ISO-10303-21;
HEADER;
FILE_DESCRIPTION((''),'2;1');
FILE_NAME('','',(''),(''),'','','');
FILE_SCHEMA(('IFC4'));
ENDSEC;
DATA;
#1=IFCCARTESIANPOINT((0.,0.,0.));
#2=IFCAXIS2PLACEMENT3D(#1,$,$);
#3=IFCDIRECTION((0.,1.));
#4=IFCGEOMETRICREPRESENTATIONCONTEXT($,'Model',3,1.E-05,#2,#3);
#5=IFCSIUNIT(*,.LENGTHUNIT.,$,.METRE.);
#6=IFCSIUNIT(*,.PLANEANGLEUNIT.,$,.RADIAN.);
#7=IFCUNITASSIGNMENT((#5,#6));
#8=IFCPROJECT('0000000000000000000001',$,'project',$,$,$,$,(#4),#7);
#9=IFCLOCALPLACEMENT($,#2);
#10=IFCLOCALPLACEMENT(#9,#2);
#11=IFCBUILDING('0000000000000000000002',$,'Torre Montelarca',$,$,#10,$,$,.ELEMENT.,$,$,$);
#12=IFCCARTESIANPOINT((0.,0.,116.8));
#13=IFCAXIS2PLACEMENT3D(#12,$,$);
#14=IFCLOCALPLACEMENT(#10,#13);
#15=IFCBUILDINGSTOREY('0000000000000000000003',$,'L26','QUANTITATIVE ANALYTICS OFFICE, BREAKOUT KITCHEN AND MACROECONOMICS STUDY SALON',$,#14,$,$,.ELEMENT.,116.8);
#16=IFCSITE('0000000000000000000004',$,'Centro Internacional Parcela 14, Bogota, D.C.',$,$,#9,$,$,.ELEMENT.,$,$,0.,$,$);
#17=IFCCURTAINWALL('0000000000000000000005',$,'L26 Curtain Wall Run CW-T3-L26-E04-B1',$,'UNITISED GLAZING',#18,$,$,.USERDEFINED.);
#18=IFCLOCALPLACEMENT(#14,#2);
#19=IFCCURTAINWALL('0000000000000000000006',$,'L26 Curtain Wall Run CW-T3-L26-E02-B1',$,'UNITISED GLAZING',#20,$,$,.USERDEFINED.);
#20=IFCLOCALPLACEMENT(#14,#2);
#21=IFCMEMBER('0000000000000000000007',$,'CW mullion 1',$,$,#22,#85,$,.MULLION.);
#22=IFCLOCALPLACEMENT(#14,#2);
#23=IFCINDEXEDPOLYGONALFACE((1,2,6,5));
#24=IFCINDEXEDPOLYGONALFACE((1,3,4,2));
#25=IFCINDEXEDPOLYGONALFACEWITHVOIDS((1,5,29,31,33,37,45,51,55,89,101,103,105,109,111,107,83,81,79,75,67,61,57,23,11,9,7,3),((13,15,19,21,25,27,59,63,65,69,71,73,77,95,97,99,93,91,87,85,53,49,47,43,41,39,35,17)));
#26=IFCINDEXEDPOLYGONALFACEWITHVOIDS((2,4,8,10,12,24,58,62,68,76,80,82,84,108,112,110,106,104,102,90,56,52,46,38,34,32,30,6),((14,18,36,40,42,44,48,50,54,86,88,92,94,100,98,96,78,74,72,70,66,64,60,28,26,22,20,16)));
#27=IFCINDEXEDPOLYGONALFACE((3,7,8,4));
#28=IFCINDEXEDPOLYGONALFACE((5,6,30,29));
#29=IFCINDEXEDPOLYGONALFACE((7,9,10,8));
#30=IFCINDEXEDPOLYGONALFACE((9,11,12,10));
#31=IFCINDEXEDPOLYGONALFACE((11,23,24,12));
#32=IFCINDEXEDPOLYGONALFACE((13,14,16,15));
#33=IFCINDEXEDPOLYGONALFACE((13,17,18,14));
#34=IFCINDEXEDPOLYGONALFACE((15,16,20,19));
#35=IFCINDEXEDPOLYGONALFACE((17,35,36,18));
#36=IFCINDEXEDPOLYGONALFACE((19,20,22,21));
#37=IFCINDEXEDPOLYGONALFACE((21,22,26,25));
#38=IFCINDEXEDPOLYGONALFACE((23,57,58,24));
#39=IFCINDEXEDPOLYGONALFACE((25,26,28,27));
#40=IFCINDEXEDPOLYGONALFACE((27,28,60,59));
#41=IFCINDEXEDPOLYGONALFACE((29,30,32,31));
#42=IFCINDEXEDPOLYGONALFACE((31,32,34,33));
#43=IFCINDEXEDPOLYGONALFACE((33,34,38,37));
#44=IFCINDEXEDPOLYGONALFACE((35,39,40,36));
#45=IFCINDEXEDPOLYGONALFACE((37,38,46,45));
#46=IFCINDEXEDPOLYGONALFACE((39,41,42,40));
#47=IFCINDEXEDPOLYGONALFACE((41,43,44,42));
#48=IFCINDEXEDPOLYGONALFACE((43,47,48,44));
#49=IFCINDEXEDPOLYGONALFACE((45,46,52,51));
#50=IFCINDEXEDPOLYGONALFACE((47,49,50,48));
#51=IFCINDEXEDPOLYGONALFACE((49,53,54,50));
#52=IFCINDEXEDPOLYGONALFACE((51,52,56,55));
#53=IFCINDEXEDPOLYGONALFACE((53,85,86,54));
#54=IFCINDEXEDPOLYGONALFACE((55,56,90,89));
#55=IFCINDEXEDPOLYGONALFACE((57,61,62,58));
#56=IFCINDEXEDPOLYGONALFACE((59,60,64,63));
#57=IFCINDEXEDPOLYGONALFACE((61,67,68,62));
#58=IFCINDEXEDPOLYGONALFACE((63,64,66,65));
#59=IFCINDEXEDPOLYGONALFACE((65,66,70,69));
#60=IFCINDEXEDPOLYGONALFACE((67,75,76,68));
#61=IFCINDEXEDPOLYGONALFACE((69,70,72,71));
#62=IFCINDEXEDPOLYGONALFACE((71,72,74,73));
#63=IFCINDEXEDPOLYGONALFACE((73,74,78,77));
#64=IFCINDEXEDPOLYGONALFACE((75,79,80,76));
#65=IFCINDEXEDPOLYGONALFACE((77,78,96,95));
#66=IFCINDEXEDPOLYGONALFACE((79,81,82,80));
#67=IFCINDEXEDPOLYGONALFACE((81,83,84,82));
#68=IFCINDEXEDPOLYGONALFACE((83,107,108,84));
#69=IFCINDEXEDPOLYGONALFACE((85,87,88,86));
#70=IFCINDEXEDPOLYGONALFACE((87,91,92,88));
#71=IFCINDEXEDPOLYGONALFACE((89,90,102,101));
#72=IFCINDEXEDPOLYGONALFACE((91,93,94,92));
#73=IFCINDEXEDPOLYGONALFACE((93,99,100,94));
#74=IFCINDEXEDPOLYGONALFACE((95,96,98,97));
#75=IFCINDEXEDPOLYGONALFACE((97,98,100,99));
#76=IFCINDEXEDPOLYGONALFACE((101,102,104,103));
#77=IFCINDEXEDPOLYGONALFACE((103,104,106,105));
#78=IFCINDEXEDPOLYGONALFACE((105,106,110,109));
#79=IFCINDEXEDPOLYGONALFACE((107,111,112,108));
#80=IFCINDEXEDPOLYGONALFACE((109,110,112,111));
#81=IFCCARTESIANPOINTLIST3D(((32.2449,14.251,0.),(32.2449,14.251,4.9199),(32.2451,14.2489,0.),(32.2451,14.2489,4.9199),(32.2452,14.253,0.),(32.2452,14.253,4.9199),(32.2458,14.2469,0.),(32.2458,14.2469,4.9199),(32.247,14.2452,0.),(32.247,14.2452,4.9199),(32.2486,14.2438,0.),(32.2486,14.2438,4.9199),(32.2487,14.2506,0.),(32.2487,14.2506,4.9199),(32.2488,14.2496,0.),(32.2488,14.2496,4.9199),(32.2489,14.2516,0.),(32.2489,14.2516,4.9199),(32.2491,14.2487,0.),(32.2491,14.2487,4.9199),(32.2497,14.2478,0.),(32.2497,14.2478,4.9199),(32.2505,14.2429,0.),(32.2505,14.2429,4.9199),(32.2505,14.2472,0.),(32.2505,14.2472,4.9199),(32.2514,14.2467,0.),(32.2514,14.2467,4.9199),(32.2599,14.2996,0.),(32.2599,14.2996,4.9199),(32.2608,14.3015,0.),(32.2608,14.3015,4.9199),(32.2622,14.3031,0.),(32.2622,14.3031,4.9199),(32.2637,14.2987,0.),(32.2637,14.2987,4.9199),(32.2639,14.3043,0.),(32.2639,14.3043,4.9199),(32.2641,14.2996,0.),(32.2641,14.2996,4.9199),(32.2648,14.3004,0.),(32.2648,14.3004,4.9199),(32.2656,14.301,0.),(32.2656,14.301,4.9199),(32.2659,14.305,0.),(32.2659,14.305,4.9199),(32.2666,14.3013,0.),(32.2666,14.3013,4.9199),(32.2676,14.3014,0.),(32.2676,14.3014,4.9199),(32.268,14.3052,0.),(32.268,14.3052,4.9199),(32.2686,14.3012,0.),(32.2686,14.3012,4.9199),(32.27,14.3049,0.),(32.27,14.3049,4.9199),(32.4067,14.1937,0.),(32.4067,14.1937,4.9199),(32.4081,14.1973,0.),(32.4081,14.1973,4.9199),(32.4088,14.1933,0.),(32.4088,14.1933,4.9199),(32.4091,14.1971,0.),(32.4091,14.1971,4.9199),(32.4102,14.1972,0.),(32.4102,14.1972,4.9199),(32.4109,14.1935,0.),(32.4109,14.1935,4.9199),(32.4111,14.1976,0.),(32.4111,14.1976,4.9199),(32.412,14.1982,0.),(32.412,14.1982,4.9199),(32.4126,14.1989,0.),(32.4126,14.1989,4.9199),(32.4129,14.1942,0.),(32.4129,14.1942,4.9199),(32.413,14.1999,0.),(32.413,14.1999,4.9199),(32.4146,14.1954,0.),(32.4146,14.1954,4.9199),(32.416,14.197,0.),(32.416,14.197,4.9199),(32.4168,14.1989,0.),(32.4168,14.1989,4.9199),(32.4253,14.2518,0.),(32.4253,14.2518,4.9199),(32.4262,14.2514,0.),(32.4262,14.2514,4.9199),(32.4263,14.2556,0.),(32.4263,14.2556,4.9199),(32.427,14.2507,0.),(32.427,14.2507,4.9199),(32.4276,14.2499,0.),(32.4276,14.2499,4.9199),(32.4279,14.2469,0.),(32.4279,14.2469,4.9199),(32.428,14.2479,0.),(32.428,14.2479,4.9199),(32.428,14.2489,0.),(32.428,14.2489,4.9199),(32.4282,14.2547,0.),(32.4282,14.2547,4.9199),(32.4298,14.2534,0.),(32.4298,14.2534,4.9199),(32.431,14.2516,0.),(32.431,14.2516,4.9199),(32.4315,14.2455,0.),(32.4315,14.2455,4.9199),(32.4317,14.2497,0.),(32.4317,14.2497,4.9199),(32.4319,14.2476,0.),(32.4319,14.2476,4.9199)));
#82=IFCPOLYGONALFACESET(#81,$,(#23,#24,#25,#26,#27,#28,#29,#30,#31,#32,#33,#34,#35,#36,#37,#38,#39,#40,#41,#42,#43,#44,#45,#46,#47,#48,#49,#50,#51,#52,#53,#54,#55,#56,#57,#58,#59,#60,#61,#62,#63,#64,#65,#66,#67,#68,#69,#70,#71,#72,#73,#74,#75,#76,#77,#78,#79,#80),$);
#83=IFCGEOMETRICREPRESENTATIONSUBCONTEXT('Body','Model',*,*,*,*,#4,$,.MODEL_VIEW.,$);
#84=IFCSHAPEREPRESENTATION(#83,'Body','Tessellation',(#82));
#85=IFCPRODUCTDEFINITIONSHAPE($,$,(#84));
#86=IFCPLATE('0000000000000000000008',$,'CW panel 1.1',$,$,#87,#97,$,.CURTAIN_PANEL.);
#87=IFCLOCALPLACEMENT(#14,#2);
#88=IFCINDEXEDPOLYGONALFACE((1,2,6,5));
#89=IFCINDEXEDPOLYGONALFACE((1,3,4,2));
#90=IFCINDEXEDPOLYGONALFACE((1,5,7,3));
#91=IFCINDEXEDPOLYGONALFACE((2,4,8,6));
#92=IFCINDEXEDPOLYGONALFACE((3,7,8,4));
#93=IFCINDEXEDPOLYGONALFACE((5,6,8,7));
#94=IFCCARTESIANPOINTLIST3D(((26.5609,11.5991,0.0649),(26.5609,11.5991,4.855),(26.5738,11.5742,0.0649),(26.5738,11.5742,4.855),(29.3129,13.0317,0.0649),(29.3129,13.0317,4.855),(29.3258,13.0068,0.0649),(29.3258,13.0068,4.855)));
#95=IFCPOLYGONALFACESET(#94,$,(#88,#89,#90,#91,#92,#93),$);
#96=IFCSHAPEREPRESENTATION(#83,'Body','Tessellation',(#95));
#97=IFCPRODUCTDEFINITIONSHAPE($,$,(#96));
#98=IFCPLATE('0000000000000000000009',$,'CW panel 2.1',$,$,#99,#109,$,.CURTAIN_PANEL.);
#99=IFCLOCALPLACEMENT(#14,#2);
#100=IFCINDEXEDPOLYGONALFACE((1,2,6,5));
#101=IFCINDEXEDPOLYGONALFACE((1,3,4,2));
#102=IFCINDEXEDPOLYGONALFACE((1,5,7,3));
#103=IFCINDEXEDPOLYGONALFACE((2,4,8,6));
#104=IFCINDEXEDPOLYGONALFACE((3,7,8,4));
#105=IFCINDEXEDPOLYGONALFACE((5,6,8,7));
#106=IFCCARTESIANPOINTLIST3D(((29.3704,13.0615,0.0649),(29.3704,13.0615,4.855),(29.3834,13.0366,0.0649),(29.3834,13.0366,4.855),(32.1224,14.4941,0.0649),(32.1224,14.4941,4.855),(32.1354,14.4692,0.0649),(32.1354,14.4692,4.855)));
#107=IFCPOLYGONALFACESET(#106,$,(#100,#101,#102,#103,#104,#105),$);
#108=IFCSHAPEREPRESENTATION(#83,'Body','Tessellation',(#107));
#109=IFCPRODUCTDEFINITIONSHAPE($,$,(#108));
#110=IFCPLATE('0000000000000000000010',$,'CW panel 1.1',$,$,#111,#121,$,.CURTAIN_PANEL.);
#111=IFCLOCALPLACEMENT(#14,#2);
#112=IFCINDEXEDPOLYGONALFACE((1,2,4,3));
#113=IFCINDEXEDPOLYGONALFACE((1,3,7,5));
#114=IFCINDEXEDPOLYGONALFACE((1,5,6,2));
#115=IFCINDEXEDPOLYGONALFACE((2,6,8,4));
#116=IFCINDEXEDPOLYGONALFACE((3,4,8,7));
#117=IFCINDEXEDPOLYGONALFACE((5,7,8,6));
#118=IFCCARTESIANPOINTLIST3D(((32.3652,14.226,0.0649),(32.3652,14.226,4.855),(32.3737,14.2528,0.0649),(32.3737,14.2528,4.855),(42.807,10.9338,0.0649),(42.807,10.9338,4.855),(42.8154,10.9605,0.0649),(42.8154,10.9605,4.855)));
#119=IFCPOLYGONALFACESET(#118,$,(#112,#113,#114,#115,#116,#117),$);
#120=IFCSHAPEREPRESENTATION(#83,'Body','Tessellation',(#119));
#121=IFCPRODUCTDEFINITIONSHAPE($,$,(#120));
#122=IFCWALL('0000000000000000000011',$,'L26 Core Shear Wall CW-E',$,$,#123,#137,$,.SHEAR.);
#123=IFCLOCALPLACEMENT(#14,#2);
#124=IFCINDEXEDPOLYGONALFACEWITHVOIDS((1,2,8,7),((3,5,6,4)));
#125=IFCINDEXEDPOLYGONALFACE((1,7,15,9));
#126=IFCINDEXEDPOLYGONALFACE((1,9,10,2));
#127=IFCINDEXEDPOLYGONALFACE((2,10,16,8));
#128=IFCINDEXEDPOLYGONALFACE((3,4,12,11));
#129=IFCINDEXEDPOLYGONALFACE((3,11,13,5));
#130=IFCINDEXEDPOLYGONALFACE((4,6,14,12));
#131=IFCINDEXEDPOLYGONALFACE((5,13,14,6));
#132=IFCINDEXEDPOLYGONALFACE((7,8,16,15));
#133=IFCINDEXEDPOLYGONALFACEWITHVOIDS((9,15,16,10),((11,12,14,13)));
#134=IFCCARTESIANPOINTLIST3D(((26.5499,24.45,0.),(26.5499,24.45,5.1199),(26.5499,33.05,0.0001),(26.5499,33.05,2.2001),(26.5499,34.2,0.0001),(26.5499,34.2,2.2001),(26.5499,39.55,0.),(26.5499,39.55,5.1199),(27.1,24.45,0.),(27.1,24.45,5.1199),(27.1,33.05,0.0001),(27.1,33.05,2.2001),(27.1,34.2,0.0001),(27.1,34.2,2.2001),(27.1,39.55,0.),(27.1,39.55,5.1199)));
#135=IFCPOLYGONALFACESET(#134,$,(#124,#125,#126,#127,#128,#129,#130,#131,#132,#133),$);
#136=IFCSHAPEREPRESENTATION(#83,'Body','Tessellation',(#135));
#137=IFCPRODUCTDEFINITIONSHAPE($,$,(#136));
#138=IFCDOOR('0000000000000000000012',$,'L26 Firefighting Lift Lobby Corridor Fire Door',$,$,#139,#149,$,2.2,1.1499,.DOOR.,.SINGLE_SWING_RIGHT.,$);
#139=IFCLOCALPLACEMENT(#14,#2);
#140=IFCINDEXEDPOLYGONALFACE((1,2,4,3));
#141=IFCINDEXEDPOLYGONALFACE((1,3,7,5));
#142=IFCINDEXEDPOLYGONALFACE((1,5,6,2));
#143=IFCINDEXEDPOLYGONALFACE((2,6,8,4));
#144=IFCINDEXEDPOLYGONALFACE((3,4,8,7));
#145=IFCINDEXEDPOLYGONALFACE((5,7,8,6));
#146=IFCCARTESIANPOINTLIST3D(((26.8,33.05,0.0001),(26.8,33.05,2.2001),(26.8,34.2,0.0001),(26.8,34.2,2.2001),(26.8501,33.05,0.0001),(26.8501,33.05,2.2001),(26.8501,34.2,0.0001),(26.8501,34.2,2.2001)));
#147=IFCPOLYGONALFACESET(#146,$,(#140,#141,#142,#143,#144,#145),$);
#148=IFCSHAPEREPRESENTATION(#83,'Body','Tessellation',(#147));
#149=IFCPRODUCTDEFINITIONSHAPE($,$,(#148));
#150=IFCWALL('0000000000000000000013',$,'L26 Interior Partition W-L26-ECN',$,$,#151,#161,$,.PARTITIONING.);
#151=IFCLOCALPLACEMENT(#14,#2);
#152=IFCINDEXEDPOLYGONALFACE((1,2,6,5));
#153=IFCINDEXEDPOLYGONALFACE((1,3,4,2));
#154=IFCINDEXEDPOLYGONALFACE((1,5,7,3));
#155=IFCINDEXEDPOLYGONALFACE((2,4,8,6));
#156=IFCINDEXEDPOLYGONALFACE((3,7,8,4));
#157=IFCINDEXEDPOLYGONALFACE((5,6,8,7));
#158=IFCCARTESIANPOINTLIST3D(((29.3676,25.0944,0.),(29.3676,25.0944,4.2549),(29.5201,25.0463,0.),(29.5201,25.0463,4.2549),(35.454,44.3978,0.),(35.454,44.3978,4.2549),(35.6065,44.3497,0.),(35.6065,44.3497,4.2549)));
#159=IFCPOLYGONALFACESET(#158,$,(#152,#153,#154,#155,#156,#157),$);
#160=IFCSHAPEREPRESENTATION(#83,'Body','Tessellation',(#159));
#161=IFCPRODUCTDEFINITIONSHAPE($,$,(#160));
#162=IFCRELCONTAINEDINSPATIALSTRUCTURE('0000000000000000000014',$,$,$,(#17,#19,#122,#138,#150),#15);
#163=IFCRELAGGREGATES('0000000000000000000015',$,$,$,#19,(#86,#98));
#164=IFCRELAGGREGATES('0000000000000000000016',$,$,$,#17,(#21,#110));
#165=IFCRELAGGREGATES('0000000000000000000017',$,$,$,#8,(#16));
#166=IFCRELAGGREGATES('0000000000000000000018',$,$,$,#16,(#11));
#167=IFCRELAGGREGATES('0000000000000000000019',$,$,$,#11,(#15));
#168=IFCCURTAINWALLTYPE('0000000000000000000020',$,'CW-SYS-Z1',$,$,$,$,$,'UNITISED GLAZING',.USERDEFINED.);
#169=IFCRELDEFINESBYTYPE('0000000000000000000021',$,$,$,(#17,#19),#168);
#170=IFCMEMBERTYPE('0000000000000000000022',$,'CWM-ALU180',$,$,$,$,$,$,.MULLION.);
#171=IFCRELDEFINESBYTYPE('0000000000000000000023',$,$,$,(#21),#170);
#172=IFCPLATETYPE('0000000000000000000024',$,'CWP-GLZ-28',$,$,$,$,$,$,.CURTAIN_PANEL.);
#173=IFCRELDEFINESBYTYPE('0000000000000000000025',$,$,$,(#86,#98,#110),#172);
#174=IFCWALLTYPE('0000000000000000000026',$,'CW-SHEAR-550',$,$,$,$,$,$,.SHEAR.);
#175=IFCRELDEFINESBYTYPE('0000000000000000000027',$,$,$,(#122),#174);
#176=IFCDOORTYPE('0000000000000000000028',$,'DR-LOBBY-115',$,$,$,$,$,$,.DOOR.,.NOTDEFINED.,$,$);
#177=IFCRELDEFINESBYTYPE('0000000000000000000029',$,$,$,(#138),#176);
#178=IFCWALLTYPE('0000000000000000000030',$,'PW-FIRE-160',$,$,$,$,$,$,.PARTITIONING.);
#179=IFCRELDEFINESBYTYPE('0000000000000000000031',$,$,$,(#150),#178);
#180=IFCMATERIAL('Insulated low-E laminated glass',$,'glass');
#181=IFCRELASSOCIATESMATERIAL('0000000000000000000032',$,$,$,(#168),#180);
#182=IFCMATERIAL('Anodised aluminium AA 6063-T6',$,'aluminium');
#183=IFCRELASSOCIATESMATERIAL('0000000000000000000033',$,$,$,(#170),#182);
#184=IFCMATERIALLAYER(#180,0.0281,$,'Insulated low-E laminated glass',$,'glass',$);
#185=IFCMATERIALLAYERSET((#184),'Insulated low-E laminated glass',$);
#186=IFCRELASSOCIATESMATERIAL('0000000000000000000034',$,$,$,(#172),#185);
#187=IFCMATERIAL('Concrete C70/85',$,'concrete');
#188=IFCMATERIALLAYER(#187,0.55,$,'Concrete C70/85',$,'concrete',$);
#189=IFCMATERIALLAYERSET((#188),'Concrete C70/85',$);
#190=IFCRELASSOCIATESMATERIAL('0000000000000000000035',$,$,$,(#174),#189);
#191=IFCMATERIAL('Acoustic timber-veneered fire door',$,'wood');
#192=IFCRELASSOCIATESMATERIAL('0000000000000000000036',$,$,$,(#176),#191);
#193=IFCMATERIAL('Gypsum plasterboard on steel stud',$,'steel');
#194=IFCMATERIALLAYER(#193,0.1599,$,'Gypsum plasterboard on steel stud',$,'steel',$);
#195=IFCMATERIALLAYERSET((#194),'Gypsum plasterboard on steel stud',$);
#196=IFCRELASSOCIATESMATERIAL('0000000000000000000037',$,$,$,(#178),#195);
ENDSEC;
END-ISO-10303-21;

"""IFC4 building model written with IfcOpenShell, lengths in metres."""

from ifc_helpers import new_model, si_unit, direction, frame, frame_2d, origin, origin_2d, place, context, subcontext, project, spatial, rectangle, hollow_rectangle, extrude, source, transform, mapped, material, layer, layer_set, material_profile, profile_set, type_object, element, fill, aggregate, save


model = new_model("IFC4")

# Units and contexts
model_context = context("Model", 3, precision=1e-05, world=origin(), true_north=direction((0.0, 1.0)))
body_context = subcontext(model_context, "Body", "Model", "MODEL_VIEW")
ifc_project = project(units=[si_unit("LENGTHUNIT", "METRE"), si_unit("PLANEANGLEUNIT", "RADIAN")], contexts=[model_context])

# Site, building, storey
site_placement = place(None, origin())
site = spatial("IfcSite", under=ifc_project, at=site_placement, Name="Centro Internacional Parcela 14, Bogota, D.C.", CompositionType="ELEMENT", RefElevation=0.0)
building_placement = place(site_placement, origin())
building = spatial("IfcBuilding", under=site, at=building_placement, Name="Torre Montelarca", CompositionType="ELEMENT")
storey_placement = place(building_placement, frame((0.0, 0.0, 116.8)))
storey = spatial("IfcBuildingStorey", under=building, at=storey_placement, Name="L26", Description="QUANTITATIVE ANALYTICS OFFICE, BREAKOUT KITCHEN AND MACROECONOMICS STUDY SALON", CompositionType="ELEMENT", Elevation=116.8)

# Shared definitions
ifc_material_1 = material(Name="Concrete C70/85", Category="concrete")

# Curtain walls
ifc_material_2 = material(Name="Insulated low-E laminated glass", Category="glass")
curtain_wall_type = type_object("IfcCurtainWallType", Name="CW-SYS-Z1", ElementType="UNITISED GLAZING", PredefinedType="USERDEFINED", material=ifc_material_2)
curtain_wall_1_placement = place(storey_placement, origin())
curtain_wall_1 = element("IfcCurtainWall", 1, at=curtain_wall_1_placement, inside=storey, type_object=curtain_wall_type, Name="L26 Curtain Wall Run CW-T3-L26-E04-B1", ObjectType="UNITISED GLAZING", PredefinedType="USERDEFINED")
ifc_material_3 = material(Name="Anodised aluminium AA 6063-T6", Category="aluminium")
curtain_wall_2_placement = place(storey_placement, origin())
curtain_wall_2 = element("IfcCurtainWall", 2, at=curtain_wall_2_placement, inside=storey, type_object=curtain_wall_type, Name="L26 Curtain Wall Run CW-T3-L26-E02-B1", ObjectType="UNITISED GLAZING", PredefinedType="USERDEFINED")
ifc_material_profile_1 = material_profile(ifc_material_3, hollow_rectangle(XDim=0.0649, YDim=0.1799, WallThickness=0.0039, InnerFilletRadius=0.0039, OuterFilletRadius=0.0081, at=origin_2d()), Name="ALU65X180X4", Category="aluminium")
ifc_profile_set_1 = profile_set([ifc_material_profile_1], Name="Anodised aluminium AA 6063-T6")
member_type_1 = type_object("IfcMemberType", Name="CWM-ALU180", PredefinedType="MULLION", material=ifc_profile_set_1)
shared_shape_1 = source(origin(), body_context, "Body", "SweptSolid", [
    extrude(hollow_rectangle(XDim=0.0649, YDim=0.1799, WallThickness=0.0039, InnerFilletRadius=0.0039, OuterFilletRadius=0.0081, at=origin_2d()), origin(), (0.0, 0.0, 1.0), 4.9199),
])

# Member
member_1_placement = place(storey_placement, frame((32.3384, 14.2493, 0.0), z_axis=(0.0, 0.0, 1.0), x_axis=(0.300701, 0.953719, 0.0)))
member_1 = element("IfcMember", 3, at=member_1_placement, type_object=member_type_1, Name="CW mullion 1", PredefinedType="MULLION", context=body_context, shape_type="MappedRepresentation", body=[
    mapped(shared_shape_1, transform((0.0, 0.0, 0.0), scale=1.0)),
])

# Plates
ifc_layer_1 = layer(ifc_material_2, 0.0281, Name="Insulated low-E laminated glass", Category="glass")
ifc_layer_set_1 = layer_set([ifc_layer_1], Name="Insulated low-E laminated glass")
plate_type = type_object("IfcPlateType", Name="CWP-GLZ-28", PredefinedType="CURTAIN_PANEL", material=ifc_layer_set_1)
shared_shape_2 = source(origin(), body_context, "Body", "SweptSolid", [
    extrude(rectangle(XDim=3.1025, YDim=0.0281, at=origin_2d()), origin(), (0.0, 0.0, 1.0), 4.79),
])
plate_1_placement = place(storey_placement, frame((27.9434, 12.303, 0.0649), z_axis=(0.0, 0.0, 1.0), x_axis=(0.887015, 0.461741, 0.0)))
plate_1 = element("IfcPlate", 4, at=plate_1_placement, type_object=plate_type, Name="CW panel 1.1", PredefinedType="CURTAIN_PANEL", context=body_context, shape_type="MappedRepresentation", body=[
    mapped(shared_shape_2, transform((0.0, 0.0, 0.0), scale=1.0)),
])
plate_2_placement = place(storey_placement, frame((30.7529, 13.7654, 0.0649), z_axis=(0.0, 0.0, 1.0), x_axis=(0.887015, 0.461741, 0.0)))
plate_2 = element("IfcPlate", 5, at=plate_2_placement, type_object=plate_type, Name="CW panel 2.1", PredefinedType="CURTAIN_PANEL", context=body_context, shape_type="MappedRepresentation", body=[
    mapped(shared_shape_2, transform((0.0, 0.0, 0.0), scale=1.0)),
])
aggregate(curtain_wall_2, [plate_1, plate_2])
shared_shape_3 = source(origin(), body_context, "Body", "SweptSolid", [
    extrude(rectangle(XDim=10.9485, YDim=0.0281, at=origin_2d()), origin(), (0.0, 0.0, 1.0), 4.79),
])
plate_3_placement = place(storey_placement, frame((37.5903, 12.5933, 0.0649), z_axis=(0.0, 0.0, 1.0), x_axis=(0.953719, -0.300701, 0.0)))
plate_3 = element("IfcPlate", 6, at=plate_3_placement, type_object=plate_type, Name="CW panel 1.1", PredefinedType="CURTAIN_PANEL", context=body_context, shape_type="MappedRepresentation", body=[
    mapped(shared_shape_3, transform((0.0, 0.0, 0.0), scale=1.0)),
])
aggregate(curtain_wall_1, [member_1, plate_3])

# Wall, opening, door
ifc_layer_2 = layer(ifc_material_1, 0.55, Name="Concrete C70/85", Category="concrete")
ifc_layer_set_2 = layer_set([ifc_layer_2], Name="Concrete C70/85")
wall_type_1 = type_object("IfcWallType", Name="CW-SHEAR-550", PredefinedType="SHEAR", material=ifc_layer_set_2)
wall_1_placement = place(storey_placement, frame((26.825, 24.45, 0.0), z_axis=(0.0, 0.0, 1.0), x_axis=(0.0, 1.0, 0.0)))
wall_1 = element("IfcWall", 7, at=wall_1_placement, inside=storey, type_object=wall_type_1, Name="L26 Core Shear Wall CW-E", PredefinedType="SHEAR", context=body_context, shape_type="SweptSolid", body=[
    extrude(rectangle(XDim=15.1001, YDim=0.55, at=frame_2d((7.55, 0.0))), origin(), (0.0, 0.0, 1.0), 5.1199),
])
opening_1_placement = place(wall_1_placement, frame((8.6001, 0.0, 0.0)))
opening_1 = element("IfcOpeningElement", 8, at=opening_1_placement, cuts=wall_1, PredefinedType="OPENING", context=body_context, shape_type="SweptSolid", body=[
    extrude(rectangle(XDim=1.1499, YDim=2.2, at=frame_2d((0.575, 1.1001))), frame((0.0, 0.2852, 0.0), z_axis=(0.0, -1.0, 0.0), x_axis=(1.0, 0.0, 0.0)), (0.0, 0.0, 1.0), 0.5701),
])
ifc_material_4 = material(Name="Acoustic timber-veneered fire door", Category="wood")
door_type_1 = type_object("IfcDoorType", Name="DR-LOBBY-115", OperationType="NOTDEFINED", PredefinedType="DOOR", material=ifc_material_4)
shared_shape_4 = source(origin(), body_context, "Body", "SweptSolid", [
    extrude(rectangle(XDim=1.1499, YDim=2.2, at=frame_2d((0.575, 1.1001))), frame((0.0, 0.0249, 0.0), z_axis=(0.0, -1.0, 0.0), x_axis=(1.0, 0.0, 0.0)), (0.0, 0.0, 1.0), 0.05),
])
door_1_placement = place(opening_1_placement, origin())
door_1 = element("IfcDoor", 9, at=door_1_placement, inside=storey, type_object=door_type_1, Name="L26 Firefighting Lift Lobby Corridor Fire Door", OperationType="SINGLE_SWING_RIGHT", OverallHeight=2.2, OverallWidth=1.1499, PredefinedType="DOOR", context=body_context, shape_type="MappedRepresentation", body=[
    mapped(shared_shape_4, transform((0.0, 0.0, 0.0), scale=1.0)),
])
fill(opening_1, door_1)

# Wall
ifc_material_5 = material(Name="Gypsum plasterboard on steel stud", Category="steel")
ifc_layer_3 = layer(ifc_material_5, 0.1599, Name="Gypsum plasterboard on steel stud", Category="steel")
ifc_layer_set_3 = layer_set([ifc_layer_3], Name="Gypsum plasterboard on steel stud")
wall_type_2 = type_object("IfcWallType", Name="PW-FIRE-160", PredefinedType="PARTITIONING", material=ifc_layer_set_3)
wall_2_placement = place(storey_placement, frame((29.4438, 25.0703, 0.0), z_axis=(0.0, 0.0, 1.0), x_axis=(0.300709, 0.953716, 0.0)))
element("IfcWall", 10, at=wall_2_placement, inside=storey, type_object=wall_type_2, Name="L26 Interior Partition W-L26-ECN", PredefinedType="PARTITIONING", context=body_context, shape_type="SweptSolid", body=[
    extrude(rectangle(XDim=20.2402, YDim=0.1599, at=frame_2d((10.1201, 0.0))), origin(), (0.0, 0.0, 1.0), 4.2549),
])

save(model, "model.ifc")
